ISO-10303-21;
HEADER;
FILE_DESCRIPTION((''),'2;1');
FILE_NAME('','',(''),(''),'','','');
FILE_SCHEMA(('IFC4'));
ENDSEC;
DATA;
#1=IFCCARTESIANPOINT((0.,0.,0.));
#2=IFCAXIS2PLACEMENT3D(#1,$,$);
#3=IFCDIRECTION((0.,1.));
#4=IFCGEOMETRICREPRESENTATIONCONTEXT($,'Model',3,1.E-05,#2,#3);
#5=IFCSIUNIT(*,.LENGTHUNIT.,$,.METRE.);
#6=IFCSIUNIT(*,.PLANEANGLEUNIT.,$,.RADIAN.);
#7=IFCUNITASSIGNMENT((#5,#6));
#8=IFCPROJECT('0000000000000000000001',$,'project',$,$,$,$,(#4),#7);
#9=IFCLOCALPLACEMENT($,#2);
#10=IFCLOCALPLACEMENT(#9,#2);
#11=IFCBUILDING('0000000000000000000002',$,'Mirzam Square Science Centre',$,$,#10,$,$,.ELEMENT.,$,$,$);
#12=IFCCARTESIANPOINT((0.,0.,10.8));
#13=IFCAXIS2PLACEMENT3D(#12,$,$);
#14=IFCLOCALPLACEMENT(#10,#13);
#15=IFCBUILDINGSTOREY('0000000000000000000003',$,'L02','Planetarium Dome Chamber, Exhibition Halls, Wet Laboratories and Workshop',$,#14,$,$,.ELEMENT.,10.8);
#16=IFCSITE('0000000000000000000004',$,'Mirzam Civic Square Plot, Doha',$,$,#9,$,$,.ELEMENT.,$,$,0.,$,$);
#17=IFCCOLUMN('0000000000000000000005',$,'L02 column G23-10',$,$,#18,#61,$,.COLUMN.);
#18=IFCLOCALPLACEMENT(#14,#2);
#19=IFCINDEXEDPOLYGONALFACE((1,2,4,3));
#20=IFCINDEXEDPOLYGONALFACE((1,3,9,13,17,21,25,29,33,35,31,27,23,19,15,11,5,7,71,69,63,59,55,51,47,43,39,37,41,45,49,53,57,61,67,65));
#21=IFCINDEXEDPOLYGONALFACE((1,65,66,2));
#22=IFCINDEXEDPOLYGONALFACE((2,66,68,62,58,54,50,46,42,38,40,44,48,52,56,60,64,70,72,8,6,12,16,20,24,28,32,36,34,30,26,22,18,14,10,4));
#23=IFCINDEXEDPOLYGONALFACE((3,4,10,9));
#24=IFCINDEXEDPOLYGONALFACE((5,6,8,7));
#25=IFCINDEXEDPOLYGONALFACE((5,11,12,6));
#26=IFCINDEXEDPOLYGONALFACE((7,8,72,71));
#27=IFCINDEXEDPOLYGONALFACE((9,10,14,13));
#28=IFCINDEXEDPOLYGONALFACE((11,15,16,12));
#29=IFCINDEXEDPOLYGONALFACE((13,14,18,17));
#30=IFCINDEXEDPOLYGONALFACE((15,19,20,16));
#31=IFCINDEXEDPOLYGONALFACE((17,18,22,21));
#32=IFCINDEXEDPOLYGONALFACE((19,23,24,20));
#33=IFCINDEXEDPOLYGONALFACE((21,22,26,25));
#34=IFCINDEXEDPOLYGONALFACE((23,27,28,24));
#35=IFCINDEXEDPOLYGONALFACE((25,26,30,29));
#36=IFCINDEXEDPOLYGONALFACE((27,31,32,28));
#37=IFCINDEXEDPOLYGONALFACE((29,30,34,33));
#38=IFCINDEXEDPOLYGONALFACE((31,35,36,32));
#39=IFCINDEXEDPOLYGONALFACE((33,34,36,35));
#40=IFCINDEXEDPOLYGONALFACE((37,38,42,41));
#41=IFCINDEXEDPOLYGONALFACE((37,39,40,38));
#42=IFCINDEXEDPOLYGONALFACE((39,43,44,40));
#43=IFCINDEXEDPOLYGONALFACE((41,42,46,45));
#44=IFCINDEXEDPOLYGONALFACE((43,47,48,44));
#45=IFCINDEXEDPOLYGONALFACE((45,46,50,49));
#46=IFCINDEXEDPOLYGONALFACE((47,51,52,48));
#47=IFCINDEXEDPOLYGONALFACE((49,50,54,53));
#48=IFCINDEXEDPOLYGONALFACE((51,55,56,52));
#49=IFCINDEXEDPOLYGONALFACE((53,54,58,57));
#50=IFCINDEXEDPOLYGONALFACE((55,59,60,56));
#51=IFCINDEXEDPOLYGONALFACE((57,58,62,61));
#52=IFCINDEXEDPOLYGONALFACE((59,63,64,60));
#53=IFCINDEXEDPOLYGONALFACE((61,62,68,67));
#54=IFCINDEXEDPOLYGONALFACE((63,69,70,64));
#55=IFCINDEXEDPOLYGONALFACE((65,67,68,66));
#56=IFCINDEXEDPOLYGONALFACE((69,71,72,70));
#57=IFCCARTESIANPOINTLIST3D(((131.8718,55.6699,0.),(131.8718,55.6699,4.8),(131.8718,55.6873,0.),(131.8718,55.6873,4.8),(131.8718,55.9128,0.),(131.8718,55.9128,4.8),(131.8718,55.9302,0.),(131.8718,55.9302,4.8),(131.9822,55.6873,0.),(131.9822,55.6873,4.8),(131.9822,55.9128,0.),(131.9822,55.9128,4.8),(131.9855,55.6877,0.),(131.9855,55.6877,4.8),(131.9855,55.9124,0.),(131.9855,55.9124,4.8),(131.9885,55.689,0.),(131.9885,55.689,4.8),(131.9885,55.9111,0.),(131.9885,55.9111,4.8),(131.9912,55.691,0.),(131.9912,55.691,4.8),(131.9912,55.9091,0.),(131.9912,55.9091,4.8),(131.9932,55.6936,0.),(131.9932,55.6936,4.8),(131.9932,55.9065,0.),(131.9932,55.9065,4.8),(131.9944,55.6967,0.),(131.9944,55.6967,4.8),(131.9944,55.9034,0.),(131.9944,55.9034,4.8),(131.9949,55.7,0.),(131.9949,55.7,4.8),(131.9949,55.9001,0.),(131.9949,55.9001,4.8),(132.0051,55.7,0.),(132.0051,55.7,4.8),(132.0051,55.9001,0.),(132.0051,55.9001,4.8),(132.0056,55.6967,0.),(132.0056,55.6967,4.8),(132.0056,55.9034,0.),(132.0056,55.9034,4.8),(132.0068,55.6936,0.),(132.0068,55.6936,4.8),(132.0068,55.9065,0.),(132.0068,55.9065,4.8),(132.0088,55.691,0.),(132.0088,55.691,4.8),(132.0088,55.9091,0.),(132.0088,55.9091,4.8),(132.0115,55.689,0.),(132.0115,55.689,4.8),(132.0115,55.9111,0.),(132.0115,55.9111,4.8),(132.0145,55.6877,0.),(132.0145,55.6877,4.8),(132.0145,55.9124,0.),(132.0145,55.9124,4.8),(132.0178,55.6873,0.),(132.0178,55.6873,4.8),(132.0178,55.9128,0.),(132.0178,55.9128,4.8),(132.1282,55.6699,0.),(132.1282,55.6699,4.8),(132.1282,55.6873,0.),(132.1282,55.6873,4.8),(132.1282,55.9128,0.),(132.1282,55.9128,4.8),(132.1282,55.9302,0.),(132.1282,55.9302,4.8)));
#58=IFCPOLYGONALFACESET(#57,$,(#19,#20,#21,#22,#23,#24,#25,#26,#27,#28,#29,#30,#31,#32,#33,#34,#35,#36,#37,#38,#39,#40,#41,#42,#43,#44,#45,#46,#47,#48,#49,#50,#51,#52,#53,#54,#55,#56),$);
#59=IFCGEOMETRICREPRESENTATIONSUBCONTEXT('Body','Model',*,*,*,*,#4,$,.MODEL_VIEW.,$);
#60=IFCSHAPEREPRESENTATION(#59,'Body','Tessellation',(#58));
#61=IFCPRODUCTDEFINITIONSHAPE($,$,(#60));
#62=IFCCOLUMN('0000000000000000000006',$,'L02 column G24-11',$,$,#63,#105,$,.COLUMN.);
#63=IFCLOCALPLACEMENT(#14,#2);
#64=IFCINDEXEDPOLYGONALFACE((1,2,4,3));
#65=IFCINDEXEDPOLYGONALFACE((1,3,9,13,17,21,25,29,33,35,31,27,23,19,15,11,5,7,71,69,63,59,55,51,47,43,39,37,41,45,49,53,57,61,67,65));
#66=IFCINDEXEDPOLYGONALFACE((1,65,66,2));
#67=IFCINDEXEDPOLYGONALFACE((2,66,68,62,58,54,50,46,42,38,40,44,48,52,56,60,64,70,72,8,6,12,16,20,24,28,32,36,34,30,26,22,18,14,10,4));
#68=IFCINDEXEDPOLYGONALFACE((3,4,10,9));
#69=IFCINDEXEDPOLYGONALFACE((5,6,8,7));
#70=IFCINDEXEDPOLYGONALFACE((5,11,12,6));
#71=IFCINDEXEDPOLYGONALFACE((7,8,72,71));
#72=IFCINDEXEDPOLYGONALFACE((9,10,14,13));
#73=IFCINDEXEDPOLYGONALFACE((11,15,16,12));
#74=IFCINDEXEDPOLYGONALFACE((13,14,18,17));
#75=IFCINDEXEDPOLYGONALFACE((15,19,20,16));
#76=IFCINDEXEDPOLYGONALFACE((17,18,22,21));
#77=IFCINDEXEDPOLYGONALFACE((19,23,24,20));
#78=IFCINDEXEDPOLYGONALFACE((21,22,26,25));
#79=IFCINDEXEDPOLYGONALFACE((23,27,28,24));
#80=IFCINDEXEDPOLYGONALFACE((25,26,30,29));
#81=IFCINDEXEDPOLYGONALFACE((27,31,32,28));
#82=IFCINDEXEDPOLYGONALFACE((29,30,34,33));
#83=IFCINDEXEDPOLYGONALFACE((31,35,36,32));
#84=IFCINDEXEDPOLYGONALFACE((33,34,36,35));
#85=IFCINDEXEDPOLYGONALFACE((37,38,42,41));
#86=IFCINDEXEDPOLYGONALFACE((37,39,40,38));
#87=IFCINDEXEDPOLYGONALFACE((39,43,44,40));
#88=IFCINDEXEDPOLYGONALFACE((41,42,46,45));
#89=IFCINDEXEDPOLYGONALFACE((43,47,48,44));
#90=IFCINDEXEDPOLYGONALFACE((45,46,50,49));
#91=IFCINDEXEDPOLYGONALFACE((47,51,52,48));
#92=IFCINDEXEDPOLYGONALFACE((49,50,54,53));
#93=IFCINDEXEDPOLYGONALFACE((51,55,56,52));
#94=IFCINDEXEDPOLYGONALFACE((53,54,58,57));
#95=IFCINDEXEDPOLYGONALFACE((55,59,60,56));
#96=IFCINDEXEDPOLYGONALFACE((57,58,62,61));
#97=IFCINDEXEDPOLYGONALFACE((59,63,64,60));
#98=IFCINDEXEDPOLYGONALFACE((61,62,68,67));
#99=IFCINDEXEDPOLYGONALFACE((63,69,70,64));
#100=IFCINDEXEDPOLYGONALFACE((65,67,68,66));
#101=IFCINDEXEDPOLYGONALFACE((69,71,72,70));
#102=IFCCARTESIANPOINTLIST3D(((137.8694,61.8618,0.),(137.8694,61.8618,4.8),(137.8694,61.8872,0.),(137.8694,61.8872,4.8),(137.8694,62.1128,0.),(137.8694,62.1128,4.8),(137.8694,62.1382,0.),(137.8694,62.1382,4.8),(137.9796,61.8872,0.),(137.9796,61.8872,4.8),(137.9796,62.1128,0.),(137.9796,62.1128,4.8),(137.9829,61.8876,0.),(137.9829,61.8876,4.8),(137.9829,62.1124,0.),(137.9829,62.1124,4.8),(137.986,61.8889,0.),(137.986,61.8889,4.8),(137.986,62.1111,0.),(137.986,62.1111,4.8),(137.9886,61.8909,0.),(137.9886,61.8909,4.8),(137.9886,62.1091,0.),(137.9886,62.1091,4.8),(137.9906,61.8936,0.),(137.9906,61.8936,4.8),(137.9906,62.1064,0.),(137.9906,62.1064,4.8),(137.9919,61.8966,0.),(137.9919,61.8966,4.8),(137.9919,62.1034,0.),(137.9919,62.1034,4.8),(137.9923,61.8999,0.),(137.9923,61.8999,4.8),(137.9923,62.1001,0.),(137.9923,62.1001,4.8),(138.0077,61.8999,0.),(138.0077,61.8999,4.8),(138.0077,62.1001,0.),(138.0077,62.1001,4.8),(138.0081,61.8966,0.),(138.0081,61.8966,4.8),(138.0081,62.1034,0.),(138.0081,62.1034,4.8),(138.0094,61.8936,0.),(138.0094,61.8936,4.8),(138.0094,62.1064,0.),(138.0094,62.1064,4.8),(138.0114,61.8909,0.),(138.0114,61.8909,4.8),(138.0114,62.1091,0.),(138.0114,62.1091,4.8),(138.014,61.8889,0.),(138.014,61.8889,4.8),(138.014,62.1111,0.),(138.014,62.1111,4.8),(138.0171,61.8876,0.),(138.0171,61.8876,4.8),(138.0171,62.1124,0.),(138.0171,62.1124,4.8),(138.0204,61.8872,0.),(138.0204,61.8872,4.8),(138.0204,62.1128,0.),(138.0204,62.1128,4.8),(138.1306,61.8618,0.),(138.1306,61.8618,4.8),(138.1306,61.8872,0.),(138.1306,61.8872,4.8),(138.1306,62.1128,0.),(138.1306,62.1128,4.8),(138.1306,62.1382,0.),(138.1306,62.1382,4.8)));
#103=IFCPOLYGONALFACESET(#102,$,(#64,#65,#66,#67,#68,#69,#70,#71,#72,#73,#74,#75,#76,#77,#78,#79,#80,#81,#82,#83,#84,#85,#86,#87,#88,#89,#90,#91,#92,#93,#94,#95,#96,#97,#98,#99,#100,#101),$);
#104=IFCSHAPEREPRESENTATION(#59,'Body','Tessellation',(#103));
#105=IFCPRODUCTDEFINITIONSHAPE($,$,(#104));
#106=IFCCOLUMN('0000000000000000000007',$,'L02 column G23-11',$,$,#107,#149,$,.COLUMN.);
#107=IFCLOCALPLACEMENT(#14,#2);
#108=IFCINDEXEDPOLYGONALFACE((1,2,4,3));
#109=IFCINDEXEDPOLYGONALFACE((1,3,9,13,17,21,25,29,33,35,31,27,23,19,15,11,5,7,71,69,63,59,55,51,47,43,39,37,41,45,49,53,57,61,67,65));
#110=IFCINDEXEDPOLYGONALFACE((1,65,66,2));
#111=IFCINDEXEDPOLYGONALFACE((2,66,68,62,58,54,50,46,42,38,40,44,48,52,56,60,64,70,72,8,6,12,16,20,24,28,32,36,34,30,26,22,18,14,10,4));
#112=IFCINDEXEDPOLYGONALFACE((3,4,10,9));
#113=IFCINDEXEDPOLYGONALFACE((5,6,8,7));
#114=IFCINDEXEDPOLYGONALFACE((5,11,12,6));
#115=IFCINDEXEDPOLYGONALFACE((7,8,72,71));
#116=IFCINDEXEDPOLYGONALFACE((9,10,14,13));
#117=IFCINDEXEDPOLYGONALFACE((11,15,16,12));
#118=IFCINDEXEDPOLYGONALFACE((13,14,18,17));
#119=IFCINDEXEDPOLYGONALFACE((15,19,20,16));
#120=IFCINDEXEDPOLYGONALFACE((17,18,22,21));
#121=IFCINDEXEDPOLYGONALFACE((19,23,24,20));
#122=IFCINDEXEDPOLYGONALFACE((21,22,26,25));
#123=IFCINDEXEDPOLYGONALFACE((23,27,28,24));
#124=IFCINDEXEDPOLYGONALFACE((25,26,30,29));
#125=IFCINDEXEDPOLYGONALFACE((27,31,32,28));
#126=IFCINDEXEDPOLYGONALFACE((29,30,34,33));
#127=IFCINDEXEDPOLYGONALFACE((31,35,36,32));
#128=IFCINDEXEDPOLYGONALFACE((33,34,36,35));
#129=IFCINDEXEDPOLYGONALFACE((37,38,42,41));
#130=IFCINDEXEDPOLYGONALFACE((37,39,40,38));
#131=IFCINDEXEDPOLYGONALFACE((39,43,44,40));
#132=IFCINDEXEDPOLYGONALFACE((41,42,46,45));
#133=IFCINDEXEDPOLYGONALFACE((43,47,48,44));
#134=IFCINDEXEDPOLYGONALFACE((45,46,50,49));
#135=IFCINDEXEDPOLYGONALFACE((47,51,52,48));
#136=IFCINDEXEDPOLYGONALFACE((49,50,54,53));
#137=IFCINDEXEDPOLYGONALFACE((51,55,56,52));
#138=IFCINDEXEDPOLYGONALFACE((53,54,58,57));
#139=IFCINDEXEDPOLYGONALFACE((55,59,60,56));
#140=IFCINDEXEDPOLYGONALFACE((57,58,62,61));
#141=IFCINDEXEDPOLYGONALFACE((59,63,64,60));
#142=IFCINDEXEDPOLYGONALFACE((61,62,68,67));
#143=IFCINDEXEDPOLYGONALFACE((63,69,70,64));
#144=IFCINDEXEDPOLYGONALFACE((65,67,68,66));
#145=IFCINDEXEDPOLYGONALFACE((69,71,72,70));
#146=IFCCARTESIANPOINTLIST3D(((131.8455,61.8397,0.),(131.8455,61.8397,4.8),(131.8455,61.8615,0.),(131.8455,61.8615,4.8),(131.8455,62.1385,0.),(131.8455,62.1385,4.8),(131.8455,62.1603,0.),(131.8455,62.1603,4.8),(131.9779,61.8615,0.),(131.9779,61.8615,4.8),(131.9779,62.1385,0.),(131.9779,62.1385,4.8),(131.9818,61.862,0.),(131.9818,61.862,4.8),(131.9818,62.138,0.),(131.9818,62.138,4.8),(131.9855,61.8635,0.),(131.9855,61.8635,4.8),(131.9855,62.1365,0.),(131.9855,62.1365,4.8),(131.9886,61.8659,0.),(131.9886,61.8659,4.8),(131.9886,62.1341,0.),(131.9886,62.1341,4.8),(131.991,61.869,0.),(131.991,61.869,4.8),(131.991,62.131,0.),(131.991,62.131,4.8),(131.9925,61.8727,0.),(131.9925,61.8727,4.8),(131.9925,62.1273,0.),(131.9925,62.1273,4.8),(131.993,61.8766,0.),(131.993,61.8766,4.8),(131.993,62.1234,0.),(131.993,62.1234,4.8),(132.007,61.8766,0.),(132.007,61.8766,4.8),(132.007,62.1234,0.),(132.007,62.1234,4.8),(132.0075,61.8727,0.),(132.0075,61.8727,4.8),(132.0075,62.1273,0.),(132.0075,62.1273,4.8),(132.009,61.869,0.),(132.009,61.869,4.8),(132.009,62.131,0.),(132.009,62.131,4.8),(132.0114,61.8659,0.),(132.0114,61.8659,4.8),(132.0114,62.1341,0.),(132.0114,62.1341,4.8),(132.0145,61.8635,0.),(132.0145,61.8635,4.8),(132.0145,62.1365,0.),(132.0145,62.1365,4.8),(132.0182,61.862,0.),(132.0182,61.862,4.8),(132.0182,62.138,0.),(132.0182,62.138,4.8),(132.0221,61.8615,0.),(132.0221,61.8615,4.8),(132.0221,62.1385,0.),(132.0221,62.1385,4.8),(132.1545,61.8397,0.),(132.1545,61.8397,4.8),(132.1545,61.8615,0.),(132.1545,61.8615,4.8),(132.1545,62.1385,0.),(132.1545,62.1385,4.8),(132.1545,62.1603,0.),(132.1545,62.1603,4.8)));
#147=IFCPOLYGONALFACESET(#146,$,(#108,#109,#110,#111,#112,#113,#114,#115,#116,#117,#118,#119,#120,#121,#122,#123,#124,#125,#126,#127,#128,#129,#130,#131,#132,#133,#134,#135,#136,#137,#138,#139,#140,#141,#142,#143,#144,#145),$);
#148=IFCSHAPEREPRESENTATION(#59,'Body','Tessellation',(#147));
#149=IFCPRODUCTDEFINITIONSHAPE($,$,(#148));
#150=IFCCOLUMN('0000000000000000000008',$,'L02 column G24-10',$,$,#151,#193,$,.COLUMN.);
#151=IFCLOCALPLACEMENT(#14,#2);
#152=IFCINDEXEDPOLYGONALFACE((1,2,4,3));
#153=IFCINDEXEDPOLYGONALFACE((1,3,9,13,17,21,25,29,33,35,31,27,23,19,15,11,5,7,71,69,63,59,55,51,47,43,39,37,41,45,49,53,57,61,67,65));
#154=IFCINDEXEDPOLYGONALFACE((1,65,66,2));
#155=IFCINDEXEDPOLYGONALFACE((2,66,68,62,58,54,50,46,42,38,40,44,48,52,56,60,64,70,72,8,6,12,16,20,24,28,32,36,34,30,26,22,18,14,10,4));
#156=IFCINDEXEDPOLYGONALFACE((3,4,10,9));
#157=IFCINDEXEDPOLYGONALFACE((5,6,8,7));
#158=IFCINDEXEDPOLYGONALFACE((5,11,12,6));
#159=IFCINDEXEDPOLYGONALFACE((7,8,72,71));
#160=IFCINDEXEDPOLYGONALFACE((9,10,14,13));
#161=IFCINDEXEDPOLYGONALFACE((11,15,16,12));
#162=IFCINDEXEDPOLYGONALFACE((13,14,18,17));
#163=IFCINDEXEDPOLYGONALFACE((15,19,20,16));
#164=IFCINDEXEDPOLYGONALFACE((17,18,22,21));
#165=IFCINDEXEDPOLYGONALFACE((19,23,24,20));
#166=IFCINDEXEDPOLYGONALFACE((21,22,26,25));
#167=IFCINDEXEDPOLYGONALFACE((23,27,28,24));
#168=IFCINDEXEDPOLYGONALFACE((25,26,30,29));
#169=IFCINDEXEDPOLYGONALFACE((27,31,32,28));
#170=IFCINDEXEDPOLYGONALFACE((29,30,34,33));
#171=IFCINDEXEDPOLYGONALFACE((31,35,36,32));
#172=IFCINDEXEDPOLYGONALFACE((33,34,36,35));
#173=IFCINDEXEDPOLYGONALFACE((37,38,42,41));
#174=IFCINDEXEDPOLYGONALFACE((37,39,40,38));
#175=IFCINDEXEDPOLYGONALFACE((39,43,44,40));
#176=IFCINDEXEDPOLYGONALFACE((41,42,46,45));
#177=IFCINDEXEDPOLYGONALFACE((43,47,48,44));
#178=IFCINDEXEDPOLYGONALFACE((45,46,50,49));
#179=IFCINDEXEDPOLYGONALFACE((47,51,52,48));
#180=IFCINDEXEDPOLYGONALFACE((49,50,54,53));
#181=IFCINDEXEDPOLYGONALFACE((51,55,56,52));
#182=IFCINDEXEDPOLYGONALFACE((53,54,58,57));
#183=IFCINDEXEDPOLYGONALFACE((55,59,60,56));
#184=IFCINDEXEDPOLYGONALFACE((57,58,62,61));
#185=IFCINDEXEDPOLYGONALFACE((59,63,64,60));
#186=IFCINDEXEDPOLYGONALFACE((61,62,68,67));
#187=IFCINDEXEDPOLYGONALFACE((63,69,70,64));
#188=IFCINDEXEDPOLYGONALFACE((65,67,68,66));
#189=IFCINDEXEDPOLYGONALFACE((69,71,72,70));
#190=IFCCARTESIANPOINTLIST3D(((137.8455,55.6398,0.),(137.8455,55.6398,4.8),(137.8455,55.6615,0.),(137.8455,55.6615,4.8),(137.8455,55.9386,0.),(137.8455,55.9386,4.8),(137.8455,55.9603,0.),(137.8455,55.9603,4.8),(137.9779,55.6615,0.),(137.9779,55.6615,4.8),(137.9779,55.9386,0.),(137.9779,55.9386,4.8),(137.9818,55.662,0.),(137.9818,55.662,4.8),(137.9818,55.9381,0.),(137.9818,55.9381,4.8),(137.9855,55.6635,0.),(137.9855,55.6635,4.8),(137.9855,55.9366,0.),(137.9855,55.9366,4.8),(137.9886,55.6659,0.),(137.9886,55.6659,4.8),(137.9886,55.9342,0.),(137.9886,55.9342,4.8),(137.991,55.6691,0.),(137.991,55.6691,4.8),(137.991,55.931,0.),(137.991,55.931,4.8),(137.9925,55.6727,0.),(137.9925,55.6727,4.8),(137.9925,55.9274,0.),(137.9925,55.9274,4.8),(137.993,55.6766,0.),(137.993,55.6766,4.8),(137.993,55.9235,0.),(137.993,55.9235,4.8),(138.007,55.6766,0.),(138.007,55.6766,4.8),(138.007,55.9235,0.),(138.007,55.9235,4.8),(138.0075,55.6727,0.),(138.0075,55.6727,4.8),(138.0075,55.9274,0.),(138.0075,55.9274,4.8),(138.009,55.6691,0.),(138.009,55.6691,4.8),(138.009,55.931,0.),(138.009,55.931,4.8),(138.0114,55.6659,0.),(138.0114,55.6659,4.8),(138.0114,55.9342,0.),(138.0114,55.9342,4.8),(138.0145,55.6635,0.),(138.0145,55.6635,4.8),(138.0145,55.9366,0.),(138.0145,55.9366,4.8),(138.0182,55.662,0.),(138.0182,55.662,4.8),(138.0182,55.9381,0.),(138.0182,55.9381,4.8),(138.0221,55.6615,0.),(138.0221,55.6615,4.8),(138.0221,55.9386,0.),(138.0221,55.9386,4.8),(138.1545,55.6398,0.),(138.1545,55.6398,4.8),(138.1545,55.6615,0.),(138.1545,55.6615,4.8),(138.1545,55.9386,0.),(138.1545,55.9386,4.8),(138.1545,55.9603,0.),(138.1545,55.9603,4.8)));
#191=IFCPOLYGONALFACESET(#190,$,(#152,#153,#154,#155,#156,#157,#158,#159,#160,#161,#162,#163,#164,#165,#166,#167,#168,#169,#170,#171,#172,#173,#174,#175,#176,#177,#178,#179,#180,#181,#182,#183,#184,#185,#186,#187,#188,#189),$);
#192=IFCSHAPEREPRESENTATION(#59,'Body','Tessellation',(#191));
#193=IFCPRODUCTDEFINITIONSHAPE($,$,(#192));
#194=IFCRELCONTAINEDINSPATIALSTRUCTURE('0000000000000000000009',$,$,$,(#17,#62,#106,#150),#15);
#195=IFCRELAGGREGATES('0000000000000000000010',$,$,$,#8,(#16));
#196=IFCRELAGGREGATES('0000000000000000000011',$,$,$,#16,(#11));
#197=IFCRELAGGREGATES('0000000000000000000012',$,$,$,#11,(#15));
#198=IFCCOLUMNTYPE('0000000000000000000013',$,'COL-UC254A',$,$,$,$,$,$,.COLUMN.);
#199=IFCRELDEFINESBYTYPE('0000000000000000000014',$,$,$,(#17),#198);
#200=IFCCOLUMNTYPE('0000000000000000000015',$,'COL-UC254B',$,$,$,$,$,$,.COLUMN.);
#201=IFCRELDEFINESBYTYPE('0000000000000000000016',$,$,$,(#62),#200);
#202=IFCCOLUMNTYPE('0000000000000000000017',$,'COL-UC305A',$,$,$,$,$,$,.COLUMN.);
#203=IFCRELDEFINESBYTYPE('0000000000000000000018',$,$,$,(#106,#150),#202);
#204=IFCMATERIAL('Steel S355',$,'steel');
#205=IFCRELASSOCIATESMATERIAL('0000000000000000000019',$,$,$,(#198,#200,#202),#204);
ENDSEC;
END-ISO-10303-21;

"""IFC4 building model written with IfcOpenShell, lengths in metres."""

from ifc_helpers import new_model, si_unit, direction, frame, origin, origin_2d, place, context, subcontext, project, spatial, i_section, extrude, material, material_profile, profile_set, type_object, element, save


model = new_model("IFC4")

# Units and contexts
model_context = context("Model", 3, precision=1e-05, world=origin(), true_north=direction((0.0, 1.0)))
body_context = subcontext(model_context, "Body", "Model", "MODEL_VIEW")
ifc_project = project(units=[si_unit("LENGTHUNIT", "METRE"), si_unit("PLANEANGLEUNIT", "RADIAN")], contexts=[model_context])

# Site, building, storey
site_placement = place(None, origin())
site = spatial("IfcSite", under=ifc_project, at=site_placement, Name="Mirzam Civic Square Plot, Doha", CompositionType="ELEMENT", RefElevation=0.0)
building_placement = place(site_placement, origin())
building = spatial("IfcBuilding", under=site, at=building_placement, Name="Mirzam Square Science Centre", CompositionType="ELEMENT")
storey_placement = place(building_placement, frame((0.0, 0.0, 10.8)))
storey = spatial("IfcBuildingStorey", under=building, at=storey_placement, Name="L02", Description="Planetarium Dome Chamber, Exhibition Halls, Wet Laboratories and Workshop", CompositionType="ELEMENT", Elevation=10.8)

# Columns
ifc_material_1 = material(Name="Steel S355", Category="steel")
ifc_material_profile_1 = material_profile(ifc_material_1, i_section(OverallWidth=0.2563, OverallDepth=0.2603, WebThickness=0.0103, FlangeThickness=0.0173, FilletRadius=0.0127, at=origin_2d()), Name="254x254x89UC")
ifc_profile_set_1 = profile_set([ifc_material_profile_1], Name="Steel S355")
column_type_1 = type_object("IfcColumnType", Name="COL-UC254A", PredefinedType="COLUMN", material=ifc_profile_set_1)
column_1_placement = place(storey_placement, frame((132.0, 55.8, 0.0), z_axis=(0.0, 0.0, 1.0), x_axis=(1.0, 0.0, 0.0)))
element("IfcColumn", 1, at=column_1_placement, inside=storey, type_object=column_type_1, Name="L02 column G23-10", PredefinedType="COLUMN", context=body_context, shape_type="SweptSolid", body=[
    extrude(i_section(OverallWidth=0.2563, OverallDepth=0.2603, WebThickness=0.0103, FlangeThickness=0.0173, FilletRadius=0.0127, at=origin_2d()), origin(), (0.0, 0.0, 1.0), 4.8),
])
ifc_material_profile_2 = material_profile(ifc_material_1, i_section(OverallWidth=0.2612, OverallDepth=0.2764, WebThickness=0.0154, FlangeThickness=0.0254, FilletRadius=0.0127, at=origin_2d()), Name="254x254x132UC")
ifc_profile_set_2 = profile_set([ifc_material_profile_2], Name="Steel S355")
column_type_2 = type_object("IfcColumnType", Name="COL-UC254B", PredefinedType="COLUMN", material=ifc_profile_set_2)
column_2_placement = place(storey_placement, frame((138.0, 62.0, 0.0), z_axis=(0.0, 0.0, 1.0), x_axis=(1.0, 0.0, 0.0)))
element("IfcColumn", 2, at=column_2_placement, inside=storey, type_object=column_type_2, Name="L02 column G24-11", PredefinedType="COLUMN", context=body_context, shape_type="SweptSolid", body=[
    extrude(i_section(OverallWidth=0.2612, OverallDepth=0.2764, WebThickness=0.0154, FlangeThickness=0.0254, FilletRadius=0.0127, at=origin_2d()), origin(), (0.0, 0.0, 1.0), 4.8),
])
ifc_material_profile_3 = material_profile(ifc_material_1, i_section(OverallWidth=0.3091, OverallDepth=0.3206, WebThickness=0.0139, FlangeThickness=0.0217, FilletRadius=0.0151, at=origin_2d()), Name="305x305x137UC")
ifc_profile_set_3 = profile_set([ifc_material_profile_3], Name="Steel S355")
column_type_3 = type_object("IfcColumnType", Name="COL-UC305A", PredefinedType="COLUMN", material=ifc_profile_set_3)
for number, where, z_axis, x_axis, name in (
    (3, (132.0, 62.0, 0.0), (0.0, 0.0, 1.0), (1.0, 0.0, 0.0), "L02 column G23-11"),
    (4, (138.0, 55.8, 0.0), (0.0, 0.0, 1.0), (1.0, 0.0, 0.0), "L02 column G24-10"),
):
    element("IfcColumn", number, at=place(storey_placement, frame(where, z_axis=z_axis, x_axis=x_axis)), inside=storey, type_object=column_type_3, Name=name, PredefinedType="COLUMN", context=body_context, shape_type="SweptSolid", body=[
        extrude(i_section(OverallWidth=0.3091, OverallDepth=0.3206, WebThickness=0.0139, FlangeThickness=0.0217, FilletRadius=0.0151, at=origin_2d()), origin(), (0.0, 0.0, 1.0), 4.8),
    ])

save(model, "model.ifc")
